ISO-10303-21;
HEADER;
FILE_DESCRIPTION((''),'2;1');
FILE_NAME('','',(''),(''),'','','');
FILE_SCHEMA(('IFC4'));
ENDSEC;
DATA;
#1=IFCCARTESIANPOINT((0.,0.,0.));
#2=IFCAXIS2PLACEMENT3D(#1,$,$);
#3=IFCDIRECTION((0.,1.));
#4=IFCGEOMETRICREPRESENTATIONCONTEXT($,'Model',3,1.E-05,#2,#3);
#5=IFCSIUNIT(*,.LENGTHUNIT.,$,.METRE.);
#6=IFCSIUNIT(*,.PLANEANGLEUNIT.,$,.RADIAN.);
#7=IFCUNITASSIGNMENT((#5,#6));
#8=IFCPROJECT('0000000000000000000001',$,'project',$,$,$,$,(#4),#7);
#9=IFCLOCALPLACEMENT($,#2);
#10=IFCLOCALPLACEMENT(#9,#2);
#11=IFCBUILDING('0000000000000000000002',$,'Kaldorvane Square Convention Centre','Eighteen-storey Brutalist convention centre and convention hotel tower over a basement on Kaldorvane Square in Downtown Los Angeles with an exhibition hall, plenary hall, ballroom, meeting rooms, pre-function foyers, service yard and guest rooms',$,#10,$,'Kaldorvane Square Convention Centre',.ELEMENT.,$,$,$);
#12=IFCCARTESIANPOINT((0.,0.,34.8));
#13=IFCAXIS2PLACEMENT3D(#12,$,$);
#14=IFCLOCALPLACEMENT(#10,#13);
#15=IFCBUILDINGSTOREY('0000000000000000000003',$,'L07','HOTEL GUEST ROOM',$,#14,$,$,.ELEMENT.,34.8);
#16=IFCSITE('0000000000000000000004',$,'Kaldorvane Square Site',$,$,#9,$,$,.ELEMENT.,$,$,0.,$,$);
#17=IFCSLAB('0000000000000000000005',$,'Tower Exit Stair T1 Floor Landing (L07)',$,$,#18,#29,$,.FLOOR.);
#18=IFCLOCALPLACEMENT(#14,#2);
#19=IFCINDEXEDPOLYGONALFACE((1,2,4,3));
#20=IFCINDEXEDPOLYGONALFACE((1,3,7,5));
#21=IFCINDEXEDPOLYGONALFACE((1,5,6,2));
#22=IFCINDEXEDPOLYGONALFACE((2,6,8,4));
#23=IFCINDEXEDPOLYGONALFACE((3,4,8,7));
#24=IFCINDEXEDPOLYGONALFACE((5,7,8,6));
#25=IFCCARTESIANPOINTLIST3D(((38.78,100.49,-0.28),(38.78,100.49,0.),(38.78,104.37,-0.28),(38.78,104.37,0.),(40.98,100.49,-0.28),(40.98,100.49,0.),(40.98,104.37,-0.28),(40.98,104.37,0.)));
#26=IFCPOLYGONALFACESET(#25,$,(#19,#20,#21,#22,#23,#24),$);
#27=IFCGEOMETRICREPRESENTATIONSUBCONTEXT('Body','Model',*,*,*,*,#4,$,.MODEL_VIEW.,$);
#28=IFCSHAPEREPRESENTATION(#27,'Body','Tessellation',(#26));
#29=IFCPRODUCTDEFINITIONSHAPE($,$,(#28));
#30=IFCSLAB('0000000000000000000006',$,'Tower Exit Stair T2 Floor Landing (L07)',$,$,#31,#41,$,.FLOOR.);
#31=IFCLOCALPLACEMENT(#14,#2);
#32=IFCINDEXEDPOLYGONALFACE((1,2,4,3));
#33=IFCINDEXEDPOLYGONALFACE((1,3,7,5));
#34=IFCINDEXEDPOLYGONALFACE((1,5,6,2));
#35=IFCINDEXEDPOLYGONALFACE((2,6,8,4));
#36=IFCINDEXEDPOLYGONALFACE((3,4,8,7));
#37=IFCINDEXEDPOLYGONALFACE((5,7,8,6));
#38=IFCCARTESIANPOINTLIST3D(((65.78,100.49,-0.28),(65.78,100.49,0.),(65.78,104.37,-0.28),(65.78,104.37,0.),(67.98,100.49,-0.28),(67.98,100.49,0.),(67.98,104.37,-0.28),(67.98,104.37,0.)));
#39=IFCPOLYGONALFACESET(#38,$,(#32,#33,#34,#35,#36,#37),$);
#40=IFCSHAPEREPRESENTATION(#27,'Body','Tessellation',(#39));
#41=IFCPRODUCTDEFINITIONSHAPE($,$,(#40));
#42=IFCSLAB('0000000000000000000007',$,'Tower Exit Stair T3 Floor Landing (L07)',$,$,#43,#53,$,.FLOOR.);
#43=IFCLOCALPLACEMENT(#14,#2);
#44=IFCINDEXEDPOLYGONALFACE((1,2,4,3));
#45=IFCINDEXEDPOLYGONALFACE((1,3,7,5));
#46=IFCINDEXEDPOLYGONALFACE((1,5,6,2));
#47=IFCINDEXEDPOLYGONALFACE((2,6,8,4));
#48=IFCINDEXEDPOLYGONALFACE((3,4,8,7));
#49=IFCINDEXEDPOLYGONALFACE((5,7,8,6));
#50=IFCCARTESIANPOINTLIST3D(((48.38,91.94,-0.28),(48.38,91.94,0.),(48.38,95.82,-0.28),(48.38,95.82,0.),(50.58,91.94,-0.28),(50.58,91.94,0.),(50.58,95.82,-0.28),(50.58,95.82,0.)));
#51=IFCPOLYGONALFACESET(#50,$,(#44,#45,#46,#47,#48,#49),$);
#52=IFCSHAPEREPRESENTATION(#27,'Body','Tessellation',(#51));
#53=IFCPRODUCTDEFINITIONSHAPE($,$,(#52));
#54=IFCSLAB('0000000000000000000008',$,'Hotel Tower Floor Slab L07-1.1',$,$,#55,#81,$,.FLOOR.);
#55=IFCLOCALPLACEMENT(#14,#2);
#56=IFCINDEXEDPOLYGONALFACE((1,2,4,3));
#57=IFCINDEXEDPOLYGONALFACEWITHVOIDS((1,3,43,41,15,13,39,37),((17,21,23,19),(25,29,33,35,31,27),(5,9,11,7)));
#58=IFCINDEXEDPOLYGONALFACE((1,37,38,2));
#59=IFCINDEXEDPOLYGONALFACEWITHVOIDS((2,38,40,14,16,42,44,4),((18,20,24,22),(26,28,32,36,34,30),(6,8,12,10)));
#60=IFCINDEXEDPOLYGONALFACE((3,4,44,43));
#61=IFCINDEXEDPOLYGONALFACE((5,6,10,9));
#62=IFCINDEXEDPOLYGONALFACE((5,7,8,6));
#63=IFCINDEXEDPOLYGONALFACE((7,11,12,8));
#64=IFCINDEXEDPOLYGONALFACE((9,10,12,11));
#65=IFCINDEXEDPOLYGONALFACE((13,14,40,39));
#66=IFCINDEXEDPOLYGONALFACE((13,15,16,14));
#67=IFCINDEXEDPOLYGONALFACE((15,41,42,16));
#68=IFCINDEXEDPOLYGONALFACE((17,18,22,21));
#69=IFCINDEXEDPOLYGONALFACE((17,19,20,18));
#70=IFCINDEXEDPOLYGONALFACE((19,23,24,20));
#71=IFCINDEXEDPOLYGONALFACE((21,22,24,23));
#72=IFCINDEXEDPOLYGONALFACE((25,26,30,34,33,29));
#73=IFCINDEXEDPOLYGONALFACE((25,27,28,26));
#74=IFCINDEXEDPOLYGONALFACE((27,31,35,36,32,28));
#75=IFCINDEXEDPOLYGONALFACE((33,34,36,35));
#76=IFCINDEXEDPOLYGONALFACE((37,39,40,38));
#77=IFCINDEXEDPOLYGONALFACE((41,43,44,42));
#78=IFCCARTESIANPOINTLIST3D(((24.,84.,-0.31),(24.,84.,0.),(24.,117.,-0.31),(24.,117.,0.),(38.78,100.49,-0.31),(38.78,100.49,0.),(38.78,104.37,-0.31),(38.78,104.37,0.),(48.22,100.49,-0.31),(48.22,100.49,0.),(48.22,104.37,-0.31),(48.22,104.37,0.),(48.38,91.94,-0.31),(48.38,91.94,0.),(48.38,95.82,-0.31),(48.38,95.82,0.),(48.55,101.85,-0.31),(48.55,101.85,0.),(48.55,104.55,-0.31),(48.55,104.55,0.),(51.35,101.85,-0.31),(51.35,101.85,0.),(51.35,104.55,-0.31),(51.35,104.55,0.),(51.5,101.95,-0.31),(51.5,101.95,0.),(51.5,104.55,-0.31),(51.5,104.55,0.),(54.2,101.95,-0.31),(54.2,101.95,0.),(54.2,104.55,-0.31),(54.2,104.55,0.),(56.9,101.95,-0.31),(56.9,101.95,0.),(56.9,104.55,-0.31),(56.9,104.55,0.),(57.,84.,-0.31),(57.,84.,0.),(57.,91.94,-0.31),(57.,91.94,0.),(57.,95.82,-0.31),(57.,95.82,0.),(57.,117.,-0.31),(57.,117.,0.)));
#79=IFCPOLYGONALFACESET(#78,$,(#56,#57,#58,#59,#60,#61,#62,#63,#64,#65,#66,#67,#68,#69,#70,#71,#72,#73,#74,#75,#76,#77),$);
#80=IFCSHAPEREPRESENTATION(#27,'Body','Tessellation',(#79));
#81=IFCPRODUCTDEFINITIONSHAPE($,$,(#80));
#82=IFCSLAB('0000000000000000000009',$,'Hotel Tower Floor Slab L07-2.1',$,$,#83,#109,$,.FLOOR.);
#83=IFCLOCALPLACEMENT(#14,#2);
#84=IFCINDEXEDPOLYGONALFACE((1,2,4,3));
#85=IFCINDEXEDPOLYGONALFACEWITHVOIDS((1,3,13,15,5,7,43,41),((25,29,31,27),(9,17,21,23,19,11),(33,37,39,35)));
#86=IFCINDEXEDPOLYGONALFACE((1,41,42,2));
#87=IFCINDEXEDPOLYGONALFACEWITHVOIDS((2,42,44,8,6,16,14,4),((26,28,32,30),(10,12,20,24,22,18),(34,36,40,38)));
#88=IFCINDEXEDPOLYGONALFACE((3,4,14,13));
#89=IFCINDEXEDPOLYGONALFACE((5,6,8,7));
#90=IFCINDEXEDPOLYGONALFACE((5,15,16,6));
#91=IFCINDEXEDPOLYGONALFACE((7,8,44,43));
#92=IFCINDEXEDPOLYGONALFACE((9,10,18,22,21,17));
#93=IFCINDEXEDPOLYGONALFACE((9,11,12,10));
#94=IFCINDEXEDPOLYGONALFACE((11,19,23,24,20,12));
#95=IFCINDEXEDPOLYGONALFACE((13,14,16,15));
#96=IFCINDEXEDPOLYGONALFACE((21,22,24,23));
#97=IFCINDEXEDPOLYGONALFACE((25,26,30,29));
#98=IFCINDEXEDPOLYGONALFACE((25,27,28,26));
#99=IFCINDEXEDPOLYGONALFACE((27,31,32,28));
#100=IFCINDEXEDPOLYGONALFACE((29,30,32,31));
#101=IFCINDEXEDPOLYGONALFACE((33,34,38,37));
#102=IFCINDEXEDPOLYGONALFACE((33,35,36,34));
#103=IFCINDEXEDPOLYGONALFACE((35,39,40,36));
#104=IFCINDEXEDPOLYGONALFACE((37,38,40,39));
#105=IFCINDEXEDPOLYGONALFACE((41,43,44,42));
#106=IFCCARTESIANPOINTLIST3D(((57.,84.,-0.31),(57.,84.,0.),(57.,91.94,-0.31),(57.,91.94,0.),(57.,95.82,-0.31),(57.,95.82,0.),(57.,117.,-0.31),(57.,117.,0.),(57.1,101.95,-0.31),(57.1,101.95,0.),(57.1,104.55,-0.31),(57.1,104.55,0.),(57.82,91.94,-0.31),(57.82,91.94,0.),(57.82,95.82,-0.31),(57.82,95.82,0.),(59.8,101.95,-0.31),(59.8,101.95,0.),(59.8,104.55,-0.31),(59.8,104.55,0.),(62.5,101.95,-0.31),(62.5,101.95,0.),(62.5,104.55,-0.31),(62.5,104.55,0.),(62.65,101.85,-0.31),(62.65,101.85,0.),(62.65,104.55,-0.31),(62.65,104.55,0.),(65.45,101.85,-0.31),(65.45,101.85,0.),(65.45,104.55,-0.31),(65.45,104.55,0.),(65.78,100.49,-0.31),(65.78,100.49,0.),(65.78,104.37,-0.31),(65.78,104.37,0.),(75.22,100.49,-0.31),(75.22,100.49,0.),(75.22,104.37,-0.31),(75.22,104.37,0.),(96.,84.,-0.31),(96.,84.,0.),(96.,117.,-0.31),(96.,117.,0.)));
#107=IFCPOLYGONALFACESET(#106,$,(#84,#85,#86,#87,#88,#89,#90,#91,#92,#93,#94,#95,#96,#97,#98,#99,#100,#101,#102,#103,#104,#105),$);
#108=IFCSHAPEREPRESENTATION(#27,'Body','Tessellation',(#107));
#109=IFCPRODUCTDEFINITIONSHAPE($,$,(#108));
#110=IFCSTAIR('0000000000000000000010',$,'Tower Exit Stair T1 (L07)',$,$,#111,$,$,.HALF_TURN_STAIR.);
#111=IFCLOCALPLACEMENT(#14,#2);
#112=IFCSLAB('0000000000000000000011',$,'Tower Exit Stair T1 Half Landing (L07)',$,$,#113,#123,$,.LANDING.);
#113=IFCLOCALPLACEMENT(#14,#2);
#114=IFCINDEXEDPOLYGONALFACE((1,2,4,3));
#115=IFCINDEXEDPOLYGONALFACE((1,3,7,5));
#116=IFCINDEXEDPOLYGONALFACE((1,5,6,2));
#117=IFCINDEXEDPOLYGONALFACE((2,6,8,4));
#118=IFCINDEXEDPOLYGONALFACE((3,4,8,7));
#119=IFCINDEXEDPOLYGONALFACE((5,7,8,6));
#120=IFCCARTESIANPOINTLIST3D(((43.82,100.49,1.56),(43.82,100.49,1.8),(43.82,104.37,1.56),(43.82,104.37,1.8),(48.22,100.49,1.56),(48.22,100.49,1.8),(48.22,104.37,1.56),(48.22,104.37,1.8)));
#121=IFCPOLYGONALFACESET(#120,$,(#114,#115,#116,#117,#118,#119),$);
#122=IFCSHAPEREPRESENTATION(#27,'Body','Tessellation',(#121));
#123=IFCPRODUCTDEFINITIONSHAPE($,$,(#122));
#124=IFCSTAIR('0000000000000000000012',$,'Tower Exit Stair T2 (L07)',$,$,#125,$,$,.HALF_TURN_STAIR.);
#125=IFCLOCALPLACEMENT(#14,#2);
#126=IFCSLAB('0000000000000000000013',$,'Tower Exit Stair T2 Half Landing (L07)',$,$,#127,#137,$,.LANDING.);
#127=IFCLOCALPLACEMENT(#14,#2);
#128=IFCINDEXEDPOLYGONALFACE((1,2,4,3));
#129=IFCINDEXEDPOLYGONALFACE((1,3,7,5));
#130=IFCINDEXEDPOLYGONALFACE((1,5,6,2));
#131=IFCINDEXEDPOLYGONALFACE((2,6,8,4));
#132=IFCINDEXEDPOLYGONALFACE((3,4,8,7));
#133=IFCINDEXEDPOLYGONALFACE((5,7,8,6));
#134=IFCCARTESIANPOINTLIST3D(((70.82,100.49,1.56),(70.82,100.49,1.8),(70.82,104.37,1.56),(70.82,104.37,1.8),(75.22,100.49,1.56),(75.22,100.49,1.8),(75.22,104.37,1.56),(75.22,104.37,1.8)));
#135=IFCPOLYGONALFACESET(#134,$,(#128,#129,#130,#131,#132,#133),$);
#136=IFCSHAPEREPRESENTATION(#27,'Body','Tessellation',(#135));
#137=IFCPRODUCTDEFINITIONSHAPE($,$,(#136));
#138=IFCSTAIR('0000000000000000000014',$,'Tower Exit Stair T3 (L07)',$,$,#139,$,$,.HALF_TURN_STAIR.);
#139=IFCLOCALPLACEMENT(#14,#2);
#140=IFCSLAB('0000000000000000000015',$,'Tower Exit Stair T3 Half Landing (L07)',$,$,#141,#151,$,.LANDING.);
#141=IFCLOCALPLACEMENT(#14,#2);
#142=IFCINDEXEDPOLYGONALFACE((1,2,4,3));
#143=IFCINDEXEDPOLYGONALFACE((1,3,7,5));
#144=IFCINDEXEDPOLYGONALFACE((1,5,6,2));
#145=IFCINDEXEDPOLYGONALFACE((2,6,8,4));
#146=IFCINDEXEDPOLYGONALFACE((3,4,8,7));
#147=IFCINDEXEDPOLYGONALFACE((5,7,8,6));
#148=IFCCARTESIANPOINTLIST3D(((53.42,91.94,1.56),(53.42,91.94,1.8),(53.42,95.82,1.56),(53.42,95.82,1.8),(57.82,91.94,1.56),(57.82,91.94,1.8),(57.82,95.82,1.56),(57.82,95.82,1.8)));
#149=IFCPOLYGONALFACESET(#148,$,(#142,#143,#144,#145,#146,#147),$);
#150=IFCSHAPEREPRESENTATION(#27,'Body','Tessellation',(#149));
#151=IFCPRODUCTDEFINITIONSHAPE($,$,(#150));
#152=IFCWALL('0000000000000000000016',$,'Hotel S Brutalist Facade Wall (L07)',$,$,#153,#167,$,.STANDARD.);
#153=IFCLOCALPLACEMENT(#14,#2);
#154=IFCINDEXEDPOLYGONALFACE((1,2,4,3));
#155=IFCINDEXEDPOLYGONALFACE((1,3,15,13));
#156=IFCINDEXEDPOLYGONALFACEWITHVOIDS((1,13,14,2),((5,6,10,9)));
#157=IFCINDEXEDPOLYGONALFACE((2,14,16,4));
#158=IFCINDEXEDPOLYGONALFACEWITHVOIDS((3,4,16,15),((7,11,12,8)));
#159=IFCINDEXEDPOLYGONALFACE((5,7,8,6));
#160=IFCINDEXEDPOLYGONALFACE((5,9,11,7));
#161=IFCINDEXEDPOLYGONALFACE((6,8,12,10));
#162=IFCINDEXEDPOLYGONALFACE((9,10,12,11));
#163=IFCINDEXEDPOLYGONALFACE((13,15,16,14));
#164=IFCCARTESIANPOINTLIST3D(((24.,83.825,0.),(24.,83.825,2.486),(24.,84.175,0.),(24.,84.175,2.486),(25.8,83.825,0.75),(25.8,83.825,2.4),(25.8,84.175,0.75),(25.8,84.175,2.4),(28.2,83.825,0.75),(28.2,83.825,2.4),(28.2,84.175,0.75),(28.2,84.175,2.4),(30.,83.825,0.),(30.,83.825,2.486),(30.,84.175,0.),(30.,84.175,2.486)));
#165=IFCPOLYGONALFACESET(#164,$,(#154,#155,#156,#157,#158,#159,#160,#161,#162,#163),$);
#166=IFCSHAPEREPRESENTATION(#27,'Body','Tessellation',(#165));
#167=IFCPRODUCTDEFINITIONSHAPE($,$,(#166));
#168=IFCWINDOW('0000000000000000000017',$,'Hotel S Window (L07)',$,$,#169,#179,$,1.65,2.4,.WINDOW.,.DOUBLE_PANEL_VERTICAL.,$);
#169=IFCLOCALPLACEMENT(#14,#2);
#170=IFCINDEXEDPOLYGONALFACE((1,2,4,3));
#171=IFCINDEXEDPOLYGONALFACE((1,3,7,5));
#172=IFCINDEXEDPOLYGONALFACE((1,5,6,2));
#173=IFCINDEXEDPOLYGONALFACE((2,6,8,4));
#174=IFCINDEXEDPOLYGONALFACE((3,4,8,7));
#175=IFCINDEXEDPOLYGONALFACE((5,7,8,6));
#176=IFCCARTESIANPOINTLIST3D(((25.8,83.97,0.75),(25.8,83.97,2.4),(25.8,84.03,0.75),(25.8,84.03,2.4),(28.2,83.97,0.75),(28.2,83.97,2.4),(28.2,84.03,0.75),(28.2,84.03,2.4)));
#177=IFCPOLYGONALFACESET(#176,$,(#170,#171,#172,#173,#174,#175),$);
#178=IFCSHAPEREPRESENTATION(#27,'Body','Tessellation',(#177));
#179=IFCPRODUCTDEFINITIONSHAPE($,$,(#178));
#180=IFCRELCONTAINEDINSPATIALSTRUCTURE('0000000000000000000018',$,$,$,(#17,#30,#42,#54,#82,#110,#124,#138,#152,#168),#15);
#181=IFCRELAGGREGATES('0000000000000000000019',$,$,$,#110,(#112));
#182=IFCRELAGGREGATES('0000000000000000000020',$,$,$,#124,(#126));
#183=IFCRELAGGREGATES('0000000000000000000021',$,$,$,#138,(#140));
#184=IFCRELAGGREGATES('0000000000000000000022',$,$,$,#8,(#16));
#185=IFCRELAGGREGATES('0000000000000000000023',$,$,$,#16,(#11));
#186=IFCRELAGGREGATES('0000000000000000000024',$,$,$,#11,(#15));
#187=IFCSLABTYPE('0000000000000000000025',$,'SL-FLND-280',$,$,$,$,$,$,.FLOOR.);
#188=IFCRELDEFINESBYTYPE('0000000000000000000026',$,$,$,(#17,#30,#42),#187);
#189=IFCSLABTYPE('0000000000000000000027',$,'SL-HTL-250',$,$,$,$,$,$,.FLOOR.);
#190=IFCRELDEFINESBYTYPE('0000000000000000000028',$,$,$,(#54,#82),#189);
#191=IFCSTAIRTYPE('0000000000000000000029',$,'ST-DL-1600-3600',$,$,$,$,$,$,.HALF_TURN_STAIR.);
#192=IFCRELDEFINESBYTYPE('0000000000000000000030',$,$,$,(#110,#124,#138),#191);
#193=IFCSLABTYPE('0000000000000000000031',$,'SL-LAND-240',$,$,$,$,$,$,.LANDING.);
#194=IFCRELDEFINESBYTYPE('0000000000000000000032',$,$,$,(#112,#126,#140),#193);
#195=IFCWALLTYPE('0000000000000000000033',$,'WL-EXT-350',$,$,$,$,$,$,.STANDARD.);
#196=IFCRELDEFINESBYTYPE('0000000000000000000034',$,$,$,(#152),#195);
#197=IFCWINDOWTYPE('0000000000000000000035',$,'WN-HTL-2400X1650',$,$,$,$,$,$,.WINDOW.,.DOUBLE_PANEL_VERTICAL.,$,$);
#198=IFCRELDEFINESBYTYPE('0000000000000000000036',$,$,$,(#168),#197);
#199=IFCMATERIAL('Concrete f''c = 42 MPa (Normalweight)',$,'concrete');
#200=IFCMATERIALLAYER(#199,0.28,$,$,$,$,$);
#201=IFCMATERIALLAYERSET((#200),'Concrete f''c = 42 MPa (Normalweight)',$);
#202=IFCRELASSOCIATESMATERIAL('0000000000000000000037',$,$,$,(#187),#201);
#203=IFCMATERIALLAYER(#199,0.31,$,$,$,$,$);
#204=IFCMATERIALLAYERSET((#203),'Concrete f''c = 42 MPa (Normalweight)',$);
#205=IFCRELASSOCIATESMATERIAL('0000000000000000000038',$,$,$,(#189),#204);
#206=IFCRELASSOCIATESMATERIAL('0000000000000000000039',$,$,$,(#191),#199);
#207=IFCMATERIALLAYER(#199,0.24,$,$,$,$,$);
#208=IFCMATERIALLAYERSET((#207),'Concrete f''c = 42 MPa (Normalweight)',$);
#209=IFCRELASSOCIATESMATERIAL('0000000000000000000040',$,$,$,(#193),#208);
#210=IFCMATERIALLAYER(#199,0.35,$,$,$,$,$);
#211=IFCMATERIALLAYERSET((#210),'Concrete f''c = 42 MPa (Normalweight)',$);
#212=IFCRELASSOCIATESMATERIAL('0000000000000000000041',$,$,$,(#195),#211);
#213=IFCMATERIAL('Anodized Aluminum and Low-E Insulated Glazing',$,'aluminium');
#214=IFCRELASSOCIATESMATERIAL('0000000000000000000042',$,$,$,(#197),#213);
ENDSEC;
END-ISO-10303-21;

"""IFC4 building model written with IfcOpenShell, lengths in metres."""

from ifc_helpers import new_model, si_unit, direction, frame, frame_2d, origin, place, context, subcontext, project, spatial, polyline, rectangle, outline, extrude, material, layer, layer_set, type_object, element, fill, aggregate, save


model = new_model("IFC4")

# Units and contexts
model_context = context("Model", 3, precision=1e-05, world=origin(), true_north=direction((0.0, 1.0)))
body_context = subcontext(model_context, "Body", "Model", "MODEL_VIEW")
ifc_project = project(units=[si_unit("LENGTHUNIT", "METRE"), si_unit("PLANEANGLEUNIT", "RADIAN")], contexts=[model_context])

# Site, building, storey
site_placement = place(None, origin())
site = spatial("IfcSite", under=ifc_project, at=site_placement, Name="Kaldorvane Square Site", CompositionType="ELEMENT", RefElevation=0.0)
building_placement = place(site_placement, origin())
building = spatial("IfcBuilding", under=site, at=building_placement, Name="Kaldorvane Square Convention Centre", Description="Eighteen-storey Brutalist convention centre and convention hotel tower over a basement on Kaldorvane Square in Downtown Los Angeles with an exhibition hall, plenary hall, ballroom, meeting rooms, pre-function foyers, service yard and guest rooms", LongName="Kaldorvane Square Convention Centre", CompositionType="ELEMENT")
storey_placement = place(building_placement, frame((0.0, 0.0, 34.8)))
storey = spatial("IfcBuildingStorey", under=building, at=storey_placement, Name="L07", Description="HOTEL GUEST ROOM", CompositionType="ELEMENT", Elevation=34.8)

# Shared definitions
ifc_material_1 = material(Name="Concrete f'c = 42 MPa (Normalweight)", Category="concrete")

# Slabs
ifc_layer_1 = layer(ifc_material_1, 0.28)
ifc_layer_set_1 = layer_set([ifc_layer_1], Name="Concrete f'c = 42 MPa (Normalweight)")
slab_type_1 = type_object("IfcSlabType", Name="SL-FLND-280", PredefinedType="FLOOR", material=ifc_layer_set_1)
slab_1_placement = place(storey_placement, frame((0.0, 0.0, -0.28)))
element("IfcSlab", 1, at=slab_1_placement, inside=storey, type_object=slab_type_1, Name="Tower Exit Stair T1 Floor Landing (L07)", PredefinedType="FLOOR", context=body_context, shape_type="SweptSolid", body=[
    extrude(outline(polyline([(38.78, 100.49), (40.98, 100.49), (40.98, 104.37), (38.78, 104.37), (38.78, 100.49)])), origin(), (0.0, 0.0, 1.0), 0.28),
])
slab_2_placement = place(storey_placement, frame((0.0, 0.0, -0.28)))
element("IfcSlab", 2, at=slab_2_placement, inside=storey, type_object=slab_type_1, Name="Tower Exit Stair T2 Floor Landing (L07)", PredefinedType="FLOOR", context=body_context, shape_type="SweptSolid", body=[
    extrude(outline(polyline([(65.78, 100.49), (67.98, 100.49), (67.98, 104.37), (65.78, 104.37), (65.78, 100.49)])), origin(), (0.0, 0.0, 1.0), 0.28),
])
slab_3_placement = place(storey_placement, frame((0.0, 0.0, -0.28)))
element("IfcSlab", 3, at=slab_3_placement, inside=storey, type_object=slab_type_1, Name="Tower Exit Stair T3 Floor Landing (L07)", PredefinedType="FLOOR", context=body_context, shape_type="SweptSolid", body=[
    extrude(outline(polyline([(48.38, 91.94), (50.58, 91.94), (50.58, 95.82), (48.38, 95.82), (48.38, 91.94)])), origin(), (0.0, 0.0, 1.0), 0.28),
])
ifc_layer_2 = layer(ifc_material_1, 0.31)
ifc_layer_set_2 = layer_set([ifc_layer_2], Name="Concrete f'c = 42 MPa (Normalweight)")
slab_type_2 = type_object("IfcSlabType", Name="SL-HTL-250", PredefinedType="FLOOR", material=ifc_layer_set_2)
slab_4_placement = place(storey_placement, frame((0.0, 0.0, -0.31)))
element("IfcSlab", 4, at=slab_4_placement, inside=storey, type_object=slab_type_2, Name="Hotel Tower Floor Slab L07-1.1", PredefinedType="FLOOR", context=body_context, shape_type="SweptSolid", body=[
    extrude(outline(polyline([(24.0, 117.0), (57.0, 117.0), (57.0, 95.82), (48.38, 95.82), (48.38, 91.94), (57.0, 91.94), (57.0, 84.0), (24.0, 84.0), (24.0, 117.0)]), holes=[polyline([(38.78, 104.37), (38.78, 100.49), (48.22, 100.49), (48.22, 104.37), (38.78, 104.37)]), polyline([(48.55, 104.55), (48.55, 101.85), (51.35, 101.85), (51.35, 104.55), (48.55, 104.55)]), polyline([(51.5, 104.55), (51.5, 101.95), (54.2, 101.95), (56.9, 101.95), (56.9, 104.55), (54.2, 104.55), (51.5, 104.55)])]), origin(), (0.0, 0.0, 1.0), 0.31),
])
slab_5_placement = place(storey_placement, frame((0.0, 0.0, -0.31)))
element("IfcSlab", 5, at=slab_5_placement, inside=storey, type_object=slab_type_2, Name="Hotel Tower Floor Slab L07-2.1", PredefinedType="FLOOR", context=body_context, shape_type="SweptSolid", body=[
    extrude(outline(polyline([(96.0, 117.0), (96.0, 84.0), (57.0, 84.0), (57.0, 91.94), (57.82, 91.94), (57.82, 95.82), (57.0, 95.82), (57.0, 117.0), (96.0, 117.0)]), holes=[polyline([(65.78, 104.37), (65.78, 100.49), (75.22, 100.49), (75.22, 104.37), (65.78, 104.37)]), polyline([(62.65, 104.55), (62.65, 101.85), (65.45, 101.85), (65.45, 104.55), (62.65, 104.55)]), polyline([(57.1, 104.55), (57.1, 101.95), (59.8, 101.95), (62.5, 101.95), (62.5, 104.55), (59.8, 104.55), (57.1, 104.55)])]), origin(), (0.0, 0.0, 1.0), 0.31),
])

# Stairs, slabs
stair_type = type_object("IfcStairType", Name="ST-DL-1600-3600", PredefinedType="HALF_TURN_STAIR", material=ifc_material_1)
stair_1_placement = place(storey_placement, origin())
stair_1 = element("IfcStair", 6, at=stair_1_placement, inside=storey, type_object=stair_type, Name="Tower Exit Stair T1 (L07)", PredefinedType="HALF_TURN_STAIR")
ifc_layer_3 = layer(ifc_material_1, 0.24)
ifc_layer_set_3 = layer_set([ifc_layer_3], Name="Concrete f'c = 42 MPa (Normalweight)")
slab_type_3 = type_object("IfcSlabType", Name="SL-LAND-240", PredefinedType="LANDING", material=ifc_layer_set_3)
slab_6_placement = place(storey_placement, frame((0.0, 0.0, 1.56)))
slab_6 = element("IfcSlab", 7, at=slab_6_placement, type_object=slab_type_3, Name="Tower Exit Stair T1 Half Landing (L07)", PredefinedType="LANDING", context=body_context, shape_type="SweptSolid", body=[
    extrude(outline(polyline([(43.82, 100.49), (48.22, 100.49), (48.22, 104.37), (43.82, 104.37), (43.82, 100.49)])), origin(), (0.0, 0.0, 1.0), 0.24),
])
aggregate(stair_1, [slab_6])
stair_2_placement = place(storey_placement, origin())
stair_2 = element("IfcStair", 8, at=stair_2_placement, inside=storey, type_object=stair_type, Name="Tower Exit Stair T2 (L07)", PredefinedType="HALF_TURN_STAIR")
slab_7_placement = place(storey_placement, frame((0.0, 0.0, 1.56)))
slab_7 = element("IfcSlab", 9, at=slab_7_placement, type_object=slab_type_3, Name="Tower Exit Stair T2 Half Landing (L07)", PredefinedType="LANDING", context=body_context, shape_type="SweptSolid", body=[
    extrude(outline(polyline([(70.82, 100.49), (75.22, 100.49), (75.22, 104.37), (70.82, 104.37), (70.82, 100.49)])), origin(), (0.0, 0.0, 1.0), 0.24),
])
aggregate(stair_2, [slab_7])
stair_3_placement = place(storey_placement, origin())
stair_3 = element("IfcStair", 10, at=stair_3_placement, inside=storey, type_object=stair_type, Name="Tower Exit Stair T3 (L07)", PredefinedType="HALF_TURN_STAIR")
slab_8_placement = place(storey_placement, frame((0.0, 0.0, 1.56)))
slab_8 = element("IfcSlab", 11, at=slab_8_placement, type_object=slab_type_3, Name="Tower Exit Stair T3 Half Landing (L07)", PredefinedType="LANDING", context=body_context, shape_type="SweptSolid", body=[
    extrude(outline(polyline([(53.42, 91.94), (57.82, 91.94), (57.82, 95.82), (53.42, 95.82), (53.42, 91.94)])), origin(), (0.0, 0.0, 1.0), 0.24),
])
aggregate(stair_3, [slab_8])

# Wall, opening, window
ifc_layer_4 = layer(ifc_material_1, 0.35)
ifc_layer_set_4 = layer_set([ifc_layer_4], Name="Concrete f'c = 42 MPa (Normalweight)")
wall_type = type_object("IfcWallType", Name="WL-EXT-350", PredefinedType="STANDARD", material=ifc_layer_set_4)
wall_1_placement = place(storey_placement, frame((24.0, 84.0, 0.0), z_axis=(0.0, 0.0, 1.0), x_axis=(1.0, 0.0, 0.0)))
wall_1 = element("IfcWall", 12, at=wall_1_placement, inside=storey, type_object=wall_type, Name="Hotel S Brutalist Facade Wall (L07)", PredefinedType="STANDARD", context=body_context, shape_type="SweptSolid", body=[
    extrude(rectangle(XDim=6.0, YDim=0.35, at=frame_2d((3.0, 0.0))), origin(), (0.0, 0.0, 1.0), 2.486),
])
opening_1_placement = place(wall_1_placement, frame((1.8, 0.0, 0.75)))
opening_1 = element("IfcOpeningElement", 13, at=opening_1_placement, cuts=wall_1, PredefinedType="OPENING", context=body_context, shape_type="SweptSolid", body=[
    extrude(rectangle(XDim=2.4, YDim=1.65, at=frame_2d((1.2, 0.825))), frame((0.0, 0.19, 0.0), z_axis=(0.0, -1.0, 0.0), x_axis=(1.0, 0.0, 0.0)), (0.0, 0.0, 1.0), 0.38),
])
ifc_material_2 = material(Name="Anodized Aluminum and Low-E Insulated Glazing", Category="aluminium")
window_type = type_object("IfcWindowType", Name="WN-HTL-2400X1650", PartitioningType="DOUBLE_PANEL_VERTICAL", PredefinedType="WINDOW", material=ifc_material_2)
window_1_placement = place(opening_1_placement, origin())
window_1 = element("IfcWindow", 14, at=window_1_placement, inside=storey, type_object=window_type, Name="Hotel S Window (L07)", OverallHeight=1.65, OverallWidth=2.4, PartitioningType="DOUBLE_PANEL_VERTICAL", PredefinedType="WINDOW", context=body_context, shape_type="SweptSolid", body=[
    extrude(rectangle(XDim=2.4, YDim=1.65, at=frame_2d((1.2, 0.825))), frame((0.0, 0.03, 0.0), z_axis=(0.0, -1.0, 0.0), x_axis=(1.0, 0.0, 0.0)), (0.0, 0.0, 1.0), 0.06),
])
fill(opening_1, window_1)

save(model, "model.ifc")
